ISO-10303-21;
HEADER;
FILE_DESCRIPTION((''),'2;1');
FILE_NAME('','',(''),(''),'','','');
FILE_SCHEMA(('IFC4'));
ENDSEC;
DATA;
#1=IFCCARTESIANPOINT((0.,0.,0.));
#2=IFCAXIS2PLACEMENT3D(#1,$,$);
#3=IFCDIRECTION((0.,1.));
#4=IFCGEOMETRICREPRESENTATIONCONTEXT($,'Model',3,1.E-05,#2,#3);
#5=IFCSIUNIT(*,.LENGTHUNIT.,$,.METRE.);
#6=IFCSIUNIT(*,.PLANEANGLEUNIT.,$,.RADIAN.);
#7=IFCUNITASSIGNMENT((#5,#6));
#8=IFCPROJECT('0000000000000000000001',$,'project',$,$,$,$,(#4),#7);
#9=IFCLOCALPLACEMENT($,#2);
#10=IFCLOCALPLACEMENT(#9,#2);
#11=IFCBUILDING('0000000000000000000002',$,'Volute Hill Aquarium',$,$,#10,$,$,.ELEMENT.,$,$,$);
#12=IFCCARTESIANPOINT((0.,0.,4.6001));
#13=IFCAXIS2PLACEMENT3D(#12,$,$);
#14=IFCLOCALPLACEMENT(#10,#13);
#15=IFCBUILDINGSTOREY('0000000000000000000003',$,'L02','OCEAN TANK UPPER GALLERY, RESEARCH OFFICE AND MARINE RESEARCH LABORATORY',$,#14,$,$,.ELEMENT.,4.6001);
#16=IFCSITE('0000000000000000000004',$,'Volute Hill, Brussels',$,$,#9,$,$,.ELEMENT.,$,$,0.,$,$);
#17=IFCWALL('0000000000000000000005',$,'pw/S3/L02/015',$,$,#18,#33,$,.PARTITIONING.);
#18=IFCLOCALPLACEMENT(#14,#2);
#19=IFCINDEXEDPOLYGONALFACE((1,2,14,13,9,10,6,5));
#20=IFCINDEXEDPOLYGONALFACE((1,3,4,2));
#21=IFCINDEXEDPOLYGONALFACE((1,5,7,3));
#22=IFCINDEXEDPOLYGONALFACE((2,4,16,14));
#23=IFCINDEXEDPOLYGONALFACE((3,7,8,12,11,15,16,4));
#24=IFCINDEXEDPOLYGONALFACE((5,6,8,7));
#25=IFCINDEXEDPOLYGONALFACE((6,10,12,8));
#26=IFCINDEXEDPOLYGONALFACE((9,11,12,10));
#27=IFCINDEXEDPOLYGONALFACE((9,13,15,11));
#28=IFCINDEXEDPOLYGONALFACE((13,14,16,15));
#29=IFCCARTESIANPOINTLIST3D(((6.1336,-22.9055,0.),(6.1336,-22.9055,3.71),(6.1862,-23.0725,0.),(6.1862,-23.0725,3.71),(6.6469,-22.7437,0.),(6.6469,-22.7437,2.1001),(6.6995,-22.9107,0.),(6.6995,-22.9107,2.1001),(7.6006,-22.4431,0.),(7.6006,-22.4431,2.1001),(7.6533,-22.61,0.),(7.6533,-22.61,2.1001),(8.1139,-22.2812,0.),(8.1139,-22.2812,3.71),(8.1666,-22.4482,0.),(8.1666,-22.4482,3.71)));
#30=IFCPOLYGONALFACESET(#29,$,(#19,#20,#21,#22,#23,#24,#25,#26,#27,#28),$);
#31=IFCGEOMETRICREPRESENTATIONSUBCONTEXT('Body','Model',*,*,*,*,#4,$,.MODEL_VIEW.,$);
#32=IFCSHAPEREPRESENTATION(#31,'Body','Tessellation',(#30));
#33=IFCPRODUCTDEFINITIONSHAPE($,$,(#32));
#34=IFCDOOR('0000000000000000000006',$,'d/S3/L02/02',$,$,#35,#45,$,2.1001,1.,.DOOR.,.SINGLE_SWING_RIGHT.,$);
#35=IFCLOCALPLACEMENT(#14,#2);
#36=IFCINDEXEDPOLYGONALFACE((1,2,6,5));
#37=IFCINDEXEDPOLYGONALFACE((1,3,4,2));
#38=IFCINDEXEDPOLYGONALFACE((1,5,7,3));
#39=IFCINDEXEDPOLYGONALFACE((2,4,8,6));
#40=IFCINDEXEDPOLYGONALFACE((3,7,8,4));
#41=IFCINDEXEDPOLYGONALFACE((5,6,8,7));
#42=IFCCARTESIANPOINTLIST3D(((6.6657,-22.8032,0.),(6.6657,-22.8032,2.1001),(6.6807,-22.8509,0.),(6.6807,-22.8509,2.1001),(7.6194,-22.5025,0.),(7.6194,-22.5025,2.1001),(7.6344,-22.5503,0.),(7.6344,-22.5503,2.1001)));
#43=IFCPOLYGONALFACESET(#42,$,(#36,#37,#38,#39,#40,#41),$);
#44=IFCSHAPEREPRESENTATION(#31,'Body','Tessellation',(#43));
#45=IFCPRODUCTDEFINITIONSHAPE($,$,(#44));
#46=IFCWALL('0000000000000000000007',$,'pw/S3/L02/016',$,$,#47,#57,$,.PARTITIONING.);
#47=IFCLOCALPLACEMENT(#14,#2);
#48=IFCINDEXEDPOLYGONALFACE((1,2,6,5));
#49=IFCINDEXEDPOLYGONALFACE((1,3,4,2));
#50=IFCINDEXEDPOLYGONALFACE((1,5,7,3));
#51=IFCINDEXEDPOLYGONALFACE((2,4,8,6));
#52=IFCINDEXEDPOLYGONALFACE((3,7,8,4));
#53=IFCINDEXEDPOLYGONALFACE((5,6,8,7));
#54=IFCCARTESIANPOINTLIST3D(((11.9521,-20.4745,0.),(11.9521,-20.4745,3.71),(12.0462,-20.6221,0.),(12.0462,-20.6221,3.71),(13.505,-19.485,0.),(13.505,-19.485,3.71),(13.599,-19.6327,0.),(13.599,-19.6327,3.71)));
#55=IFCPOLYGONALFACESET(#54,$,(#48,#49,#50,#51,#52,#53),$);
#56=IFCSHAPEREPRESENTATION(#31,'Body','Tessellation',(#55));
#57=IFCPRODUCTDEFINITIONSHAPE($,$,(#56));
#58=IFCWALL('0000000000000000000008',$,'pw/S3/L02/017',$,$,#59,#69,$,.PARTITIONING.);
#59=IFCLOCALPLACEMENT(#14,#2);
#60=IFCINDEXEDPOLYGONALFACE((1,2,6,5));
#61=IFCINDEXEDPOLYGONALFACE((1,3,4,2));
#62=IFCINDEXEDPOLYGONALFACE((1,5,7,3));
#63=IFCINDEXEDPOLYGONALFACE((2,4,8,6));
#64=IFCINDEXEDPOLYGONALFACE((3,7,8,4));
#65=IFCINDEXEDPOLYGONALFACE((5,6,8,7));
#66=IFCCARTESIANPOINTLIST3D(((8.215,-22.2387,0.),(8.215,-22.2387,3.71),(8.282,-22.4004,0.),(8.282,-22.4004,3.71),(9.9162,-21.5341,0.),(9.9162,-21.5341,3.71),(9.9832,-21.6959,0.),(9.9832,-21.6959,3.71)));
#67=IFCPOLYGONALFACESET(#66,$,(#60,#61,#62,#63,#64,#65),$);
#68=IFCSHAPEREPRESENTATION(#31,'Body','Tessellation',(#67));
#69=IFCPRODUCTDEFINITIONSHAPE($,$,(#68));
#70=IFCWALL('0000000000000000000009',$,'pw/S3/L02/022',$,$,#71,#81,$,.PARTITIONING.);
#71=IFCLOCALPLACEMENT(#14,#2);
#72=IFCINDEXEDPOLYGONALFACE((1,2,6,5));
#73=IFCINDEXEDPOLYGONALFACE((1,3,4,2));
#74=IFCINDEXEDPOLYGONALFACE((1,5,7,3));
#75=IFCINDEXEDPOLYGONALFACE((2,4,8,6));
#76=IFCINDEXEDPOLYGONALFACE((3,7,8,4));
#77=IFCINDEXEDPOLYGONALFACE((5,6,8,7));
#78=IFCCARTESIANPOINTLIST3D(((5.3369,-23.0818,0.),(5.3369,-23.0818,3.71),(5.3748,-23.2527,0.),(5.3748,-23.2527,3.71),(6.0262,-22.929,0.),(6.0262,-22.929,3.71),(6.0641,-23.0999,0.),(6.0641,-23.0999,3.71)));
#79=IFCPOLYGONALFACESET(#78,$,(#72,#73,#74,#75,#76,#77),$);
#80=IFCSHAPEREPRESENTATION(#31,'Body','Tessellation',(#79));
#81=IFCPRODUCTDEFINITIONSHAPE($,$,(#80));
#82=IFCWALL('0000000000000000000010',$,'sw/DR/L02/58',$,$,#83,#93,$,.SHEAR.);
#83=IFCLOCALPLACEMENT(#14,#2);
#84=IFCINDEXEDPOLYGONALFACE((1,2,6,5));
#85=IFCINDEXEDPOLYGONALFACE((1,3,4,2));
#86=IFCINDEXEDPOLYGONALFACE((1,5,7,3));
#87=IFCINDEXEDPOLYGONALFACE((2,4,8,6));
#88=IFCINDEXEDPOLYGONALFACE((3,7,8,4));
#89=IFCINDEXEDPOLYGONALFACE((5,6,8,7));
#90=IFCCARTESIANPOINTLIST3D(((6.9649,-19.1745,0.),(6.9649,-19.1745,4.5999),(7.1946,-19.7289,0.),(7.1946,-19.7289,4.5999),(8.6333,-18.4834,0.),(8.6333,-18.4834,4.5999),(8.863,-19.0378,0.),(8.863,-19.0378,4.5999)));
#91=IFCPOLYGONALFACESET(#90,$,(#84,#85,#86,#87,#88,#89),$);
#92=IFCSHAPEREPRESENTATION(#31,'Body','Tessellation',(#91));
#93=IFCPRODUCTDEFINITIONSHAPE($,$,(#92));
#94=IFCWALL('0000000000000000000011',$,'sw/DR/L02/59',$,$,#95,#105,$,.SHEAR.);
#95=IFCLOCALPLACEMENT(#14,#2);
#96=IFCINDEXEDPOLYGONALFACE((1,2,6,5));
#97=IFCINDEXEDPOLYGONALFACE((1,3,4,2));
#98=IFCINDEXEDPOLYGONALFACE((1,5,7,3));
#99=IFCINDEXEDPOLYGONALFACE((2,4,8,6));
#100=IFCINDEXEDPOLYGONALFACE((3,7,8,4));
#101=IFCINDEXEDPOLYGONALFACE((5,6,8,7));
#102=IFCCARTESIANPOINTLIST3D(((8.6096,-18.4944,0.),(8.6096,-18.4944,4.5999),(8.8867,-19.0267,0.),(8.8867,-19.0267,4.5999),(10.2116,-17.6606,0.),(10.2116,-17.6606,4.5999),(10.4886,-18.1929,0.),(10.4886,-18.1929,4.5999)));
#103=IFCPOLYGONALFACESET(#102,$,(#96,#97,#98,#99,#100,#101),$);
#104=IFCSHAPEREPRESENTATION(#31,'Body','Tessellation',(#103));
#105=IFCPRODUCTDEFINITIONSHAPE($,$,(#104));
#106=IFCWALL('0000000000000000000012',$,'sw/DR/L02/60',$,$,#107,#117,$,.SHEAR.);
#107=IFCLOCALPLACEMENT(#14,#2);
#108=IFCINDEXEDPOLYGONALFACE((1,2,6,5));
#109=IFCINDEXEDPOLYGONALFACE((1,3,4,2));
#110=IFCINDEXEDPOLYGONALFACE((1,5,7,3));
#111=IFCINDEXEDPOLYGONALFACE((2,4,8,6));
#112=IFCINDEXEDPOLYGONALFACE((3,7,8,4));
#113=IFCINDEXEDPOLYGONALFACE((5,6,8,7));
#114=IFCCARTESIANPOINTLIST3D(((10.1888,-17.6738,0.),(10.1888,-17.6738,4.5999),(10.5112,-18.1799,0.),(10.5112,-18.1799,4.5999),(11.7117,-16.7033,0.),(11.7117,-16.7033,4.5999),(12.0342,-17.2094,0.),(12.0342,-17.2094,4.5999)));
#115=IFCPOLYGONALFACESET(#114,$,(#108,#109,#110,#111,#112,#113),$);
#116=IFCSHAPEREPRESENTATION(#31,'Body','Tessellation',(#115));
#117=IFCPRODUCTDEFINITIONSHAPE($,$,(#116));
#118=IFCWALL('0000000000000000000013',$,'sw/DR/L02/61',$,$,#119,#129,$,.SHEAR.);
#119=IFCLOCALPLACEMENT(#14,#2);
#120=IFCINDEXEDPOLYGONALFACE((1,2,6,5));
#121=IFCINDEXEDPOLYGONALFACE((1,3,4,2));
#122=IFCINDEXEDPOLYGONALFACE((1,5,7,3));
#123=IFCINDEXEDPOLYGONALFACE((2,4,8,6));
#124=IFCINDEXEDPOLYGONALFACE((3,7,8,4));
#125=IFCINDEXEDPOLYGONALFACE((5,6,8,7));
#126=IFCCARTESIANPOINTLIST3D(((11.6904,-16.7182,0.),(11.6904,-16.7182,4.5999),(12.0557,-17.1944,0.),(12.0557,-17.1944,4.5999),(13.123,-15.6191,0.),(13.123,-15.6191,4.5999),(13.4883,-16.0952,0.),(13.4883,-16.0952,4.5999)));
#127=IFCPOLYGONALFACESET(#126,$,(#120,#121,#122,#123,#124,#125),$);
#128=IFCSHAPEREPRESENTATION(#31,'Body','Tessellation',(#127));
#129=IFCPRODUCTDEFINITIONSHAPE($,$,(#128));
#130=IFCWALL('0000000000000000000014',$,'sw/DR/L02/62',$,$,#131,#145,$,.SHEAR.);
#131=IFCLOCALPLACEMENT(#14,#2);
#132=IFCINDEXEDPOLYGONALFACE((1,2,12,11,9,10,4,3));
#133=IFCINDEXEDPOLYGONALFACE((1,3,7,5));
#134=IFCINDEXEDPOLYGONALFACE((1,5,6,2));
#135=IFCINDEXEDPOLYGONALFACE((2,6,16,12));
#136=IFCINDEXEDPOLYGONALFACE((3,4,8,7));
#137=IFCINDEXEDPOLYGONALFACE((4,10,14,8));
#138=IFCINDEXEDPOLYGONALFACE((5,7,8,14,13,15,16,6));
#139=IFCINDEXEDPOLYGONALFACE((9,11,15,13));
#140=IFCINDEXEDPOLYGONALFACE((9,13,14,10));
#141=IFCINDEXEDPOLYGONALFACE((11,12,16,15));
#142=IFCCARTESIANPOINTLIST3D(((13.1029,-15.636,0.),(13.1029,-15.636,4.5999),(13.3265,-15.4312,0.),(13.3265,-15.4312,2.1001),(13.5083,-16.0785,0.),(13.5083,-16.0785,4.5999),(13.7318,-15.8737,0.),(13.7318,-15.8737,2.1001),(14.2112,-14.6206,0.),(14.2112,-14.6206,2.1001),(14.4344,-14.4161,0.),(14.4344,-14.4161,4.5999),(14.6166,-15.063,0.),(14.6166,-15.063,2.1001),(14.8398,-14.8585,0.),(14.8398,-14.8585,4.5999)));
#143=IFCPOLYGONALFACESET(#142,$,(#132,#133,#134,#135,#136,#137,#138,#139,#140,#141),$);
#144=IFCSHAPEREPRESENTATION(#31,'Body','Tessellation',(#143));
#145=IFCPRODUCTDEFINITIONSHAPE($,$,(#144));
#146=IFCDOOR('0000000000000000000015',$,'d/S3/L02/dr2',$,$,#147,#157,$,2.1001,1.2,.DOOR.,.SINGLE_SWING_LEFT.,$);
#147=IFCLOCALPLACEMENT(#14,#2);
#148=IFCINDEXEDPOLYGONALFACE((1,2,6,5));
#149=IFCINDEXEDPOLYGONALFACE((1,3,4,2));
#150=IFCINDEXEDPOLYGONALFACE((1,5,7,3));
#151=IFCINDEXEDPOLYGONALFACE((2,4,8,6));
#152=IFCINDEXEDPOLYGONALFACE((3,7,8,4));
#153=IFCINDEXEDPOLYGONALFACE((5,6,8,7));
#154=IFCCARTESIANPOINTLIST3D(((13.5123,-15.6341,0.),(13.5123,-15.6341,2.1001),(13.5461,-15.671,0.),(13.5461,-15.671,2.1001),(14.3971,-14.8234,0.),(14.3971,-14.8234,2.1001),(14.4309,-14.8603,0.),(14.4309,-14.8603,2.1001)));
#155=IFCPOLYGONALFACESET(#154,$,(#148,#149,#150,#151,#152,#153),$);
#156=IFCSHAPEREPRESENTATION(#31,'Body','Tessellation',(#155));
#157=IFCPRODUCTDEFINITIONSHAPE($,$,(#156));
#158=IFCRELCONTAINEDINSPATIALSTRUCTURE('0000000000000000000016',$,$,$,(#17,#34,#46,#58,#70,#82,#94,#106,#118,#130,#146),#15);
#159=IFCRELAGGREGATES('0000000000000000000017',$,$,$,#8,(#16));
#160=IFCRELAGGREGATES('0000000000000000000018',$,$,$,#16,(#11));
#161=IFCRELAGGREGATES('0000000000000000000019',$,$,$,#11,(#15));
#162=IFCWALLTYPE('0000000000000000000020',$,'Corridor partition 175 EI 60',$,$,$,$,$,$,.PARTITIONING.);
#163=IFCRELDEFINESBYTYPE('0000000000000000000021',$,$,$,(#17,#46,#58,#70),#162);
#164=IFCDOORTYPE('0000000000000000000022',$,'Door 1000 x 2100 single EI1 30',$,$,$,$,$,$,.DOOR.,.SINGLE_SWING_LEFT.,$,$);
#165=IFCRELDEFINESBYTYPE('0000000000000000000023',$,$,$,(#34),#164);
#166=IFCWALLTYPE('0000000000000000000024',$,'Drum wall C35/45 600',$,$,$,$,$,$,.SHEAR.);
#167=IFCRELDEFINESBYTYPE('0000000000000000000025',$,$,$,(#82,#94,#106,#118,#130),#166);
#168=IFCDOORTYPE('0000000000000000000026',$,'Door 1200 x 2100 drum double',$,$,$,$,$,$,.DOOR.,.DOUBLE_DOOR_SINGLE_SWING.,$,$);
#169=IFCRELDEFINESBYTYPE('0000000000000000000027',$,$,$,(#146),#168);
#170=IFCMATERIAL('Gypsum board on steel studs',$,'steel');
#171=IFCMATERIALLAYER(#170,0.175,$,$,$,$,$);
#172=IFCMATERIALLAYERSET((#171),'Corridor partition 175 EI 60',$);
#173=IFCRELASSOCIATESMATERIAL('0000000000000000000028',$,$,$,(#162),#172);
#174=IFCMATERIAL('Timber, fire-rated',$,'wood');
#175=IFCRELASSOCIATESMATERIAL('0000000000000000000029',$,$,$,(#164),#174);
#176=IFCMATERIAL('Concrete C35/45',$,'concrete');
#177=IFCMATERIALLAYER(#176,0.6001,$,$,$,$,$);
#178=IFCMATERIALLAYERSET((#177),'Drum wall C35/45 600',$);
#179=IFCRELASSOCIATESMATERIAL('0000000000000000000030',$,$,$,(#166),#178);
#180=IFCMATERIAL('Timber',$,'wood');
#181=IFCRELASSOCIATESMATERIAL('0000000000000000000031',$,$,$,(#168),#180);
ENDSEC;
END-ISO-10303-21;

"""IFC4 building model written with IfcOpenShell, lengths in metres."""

from ifc_helpers import new_model, si_unit, direction, frame, frame_2d, origin, place, context, subcontext, project, spatial, rectangle, extrude, material, layer, layer_set, type_object, element, fill, save


model = new_model("IFC4")

# Units and contexts
model_context = context("Model", 3, precision=1e-05, world=origin(), true_north=direction((0.0, 1.0)))
body_context = subcontext(model_context, "Body", "Model", "MODEL_VIEW")
ifc_project = project(units=[si_unit("LENGTHUNIT", "METRE"), si_unit("PLANEANGLEUNIT", "RADIAN")], contexts=[model_context])

# Site, building, storey
site_placement = place(None, origin())
site = spatial("IfcSite", under=ifc_project, at=site_placement, Name="Volute Hill, Brussels", CompositionType="ELEMENT", RefElevation=0.0)
building_placement = place(site_placement, origin())
building = spatial("IfcBuilding", under=site, at=building_placement, Name="Volute Hill Aquarium", CompositionType="ELEMENT")
storey_placement = place(building_placement, frame((0.0, 0.0, 4.6001)))
storey = spatial("IfcBuildingStorey", under=building, at=storey_placement, Name="L02", Description="OCEAN TANK UPPER GALLERY, RESEARCH OFFICE AND MARINE RESEARCH LABORATORY", CompositionType="ELEMENT", Elevation=4.6001)

# Shared definitions
ifc_material_1 = material(Name="Gypsum board on steel studs", Category="steel")
ifc_layer_1 = layer(ifc_material_1, 0.175)
ifc_layer_set_1 = layer_set([ifc_layer_1], Name="Corridor partition 175 EI 60")
wall_type_1 = type_object("IfcWallType", Name="Corridor partition 175 EI 60", PredefinedType="PARTITIONING", material=ifc_layer_set_1)

# Wall, opening, door
wall_1_placement = place(storey_placement, frame((8.1401, -22.3647, 0.0), z_axis=(0.0, 0.0, 1.0), x_axis=(-0.95373, -0.300664, 0.0)))
wall_1 = element("IfcWall", 1, at=wall_1_placement, inside=storey, type_object=wall_type_1, Name="pw/S3/L02/015", PredefinedType="PARTITIONING", context=body_context, shape_type="SweptSolid", body=[
    extrude(rectangle(XDim=2.0764, YDim=0.175, at=frame_2d((1.0381, 0.0))), origin(), (0.0, 0.0, 1.0), 3.71),
])
opening_1_placement = place(wall_1_placement, frame((0.5381, 0.0, 0.0)))
opening_1 = element("IfcOpeningElement", 2, at=opening_1_placement, cuts=wall_1, PredefinedType="OPENING", context=body_context, shape_type="SweptSolid", body=[
    extrude(rectangle(XDim=1.0, YDim=2.1001, at=frame_2d((0.5, 1.05))), frame((0.0, 0.0974, 0.0), z_axis=(0.0, -1.0, 0.0), x_axis=(1.0, 0.0, 0.0)), (0.0, 0.0, 1.0), 0.1951),
])
ifc_material_2 = material(Name="Timber, fire-rated", Category="wood")
door_type_1 = type_object("IfcDoorType", Name="Door 1000 x 2100 single EI1 30", OperationType="SINGLE_SWING_LEFT", PredefinedType="DOOR", material=ifc_material_2)
door_1_placement = place(opening_1_placement, origin())
door_1 = element("IfcDoor", 3, at=door_1_placement, inside=storey, type_object=door_type_1, Name="d/S3/L02/02", OperationType="SINGLE_SWING_RIGHT", OverallHeight=2.1001, OverallWidth=1.0, PredefinedType="DOOR", context=body_context, shape_type="SweptSolid", body=[
    extrude(rectangle(XDim=1.0, YDim=2.1001, at=frame_2d((0.5, 1.05))), frame((0.0, 0.0249, 0.0), z_axis=(0.0, -1.0, 0.0), x_axis=(1.0, 0.0, 0.0)), (0.0, 0.0, 1.0), 0.05),
])
fill(opening_1, door_1)

# Walls
for number, where, z_axis, x_axis, name in (
    (4, (13.552, -19.5588, 0.0), (0.0, 0.0, 1.0), (-0.843356, -0.537356, 0.0), "pw/S3/L02/016"),
    (5, (9.9497, -21.615, 0.0), (0.0, 0.0, 1.0), (-0.923891, -0.382656, 0.0), "pw/S3/L02/017"),
):
    element("IfcWall", number, at=place(storey_placement, frame(where, z_axis=z_axis, x_axis=x_axis)), inside=storey, type_object=wall_type_1, Name=name, PredefinedType="PARTITIONING", context=body_context, shape_type="SweptSolid", body=[
        extrude(rectangle(XDim=1.8413, YDim=0.175, at=frame_2d((0.9207, 0.0))), origin(), (0.0, 0.0, 1.0), 3.71),
    ])
wall_2_placement = place(storey_placement, frame((6.0452, -23.0144, 0.0), z_axis=(0.0, 0.0, 1.0), x_axis=(-0.976285, -0.216491, 0.0)))
element("IfcWall", 6, at=wall_2_placement, inside=storey, type_object=wall_type_1, Name="pw/S3/L02/022", PredefinedType="PARTITIONING", context=body_context, shape_type="SweptSolid", body=[
    extrude(rectangle(XDim=0.7061, YDim=0.175, at=frame_2d((0.353, 0.0))), origin(), (0.0, 0.0, 1.0), 3.71),
])
ifc_material_3 = material(Name="Concrete C35/45", Category="concrete")
ifc_layer_2 = layer(ifc_material_3, 0.6001)
ifc_layer_set_2 = layer_set([ifc_layer_2], Name="Drum wall C35/45 600")
wall_type_2 = type_object("IfcWallType", Name="Drum wall C35/45 600", PredefinedType="SHEAR", material=ifc_layer_set_2)
for number, where, z_axis, x_axis, name in (
    (7, (7.0798, -19.4517, 0.0), (0.0, 0.0, 1.0), (0.923867, 0.382714, 0.0), "sw/DR/L02/58"),
    (8, (8.7483, -18.7605, 0.0), (0.0, 0.0, 1.0), (0.887035, 0.461702, 0.0), "sw/DR/L02/59"),
    (9, (10.3501, -17.9268, 0.0), (0.0, 0.0, 1.0), (0.843333, 0.537392, 0.0), "sw/DR/L02/60"),
):
    element("IfcWall", number, at=place(storey_placement, frame(where, z_axis=z_axis, x_axis=x_axis)), inside=storey, type_object=wall_type_2, Name=name, PredefinedType="SHEAR", context=body_context, shape_type="SweptSolid", body=[
        extrude(rectangle(XDim=1.8059, YDim=0.6001, at=frame_2d((0.9028, 0.0))), origin(), (0.0, 0.0, 1.0), 4.5999),
    ])
wall_3_placement = place(storey_placement, frame((11.873, -16.9563, 0.0), z_axis=(0.0, 0.0, 1.0), x_axis=(0.793397, 0.608704, 0.0)))
element("IfcWall", 10, at=wall_3_placement, inside=storey, type_object=wall_type_2, Name="sw/DR/L02/61", PredefinedType="SHEAR", context=body_context, shape_type="SweptSolid", body=[
    extrude(rectangle(XDim=1.8057, YDim=0.6001, at=frame_2d((0.9028, 0.0))), origin(), (0.0, 0.0, 1.0), 4.5999),
])

# Wall, opening, door
wall_4_placement = place(storey_placement, frame((13.3057, -15.8572, 0.0), z_axis=(0.0, 0.0, 1.0), x_axis=(0.737322, 0.675541, 0.0)))
wall_4 = element("IfcWall", 11, at=wall_4_placement, inside=storey, type_object=wall_type_2, Name="sw/DR/L02/62", PredefinedType="SHEAR", context=body_context, shape_type="SweptSolid", body=[
    extrude(rectangle(XDim=1.8059, YDim=0.6001, at=frame_2d((0.9028, 0.0))), origin(), (0.0, 0.0, 1.0), 4.5999),
])
opening_2_placement = place(wall_4_placement, frame((0.303, 0.0, 0.0)))
opening_2 = element("IfcOpeningElement", 12, at=opening_2_placement, cuts=wall_4, PredefinedType="OPENING", context=body_context, shape_type="SweptSolid", body=[
    extrude(rectangle(XDim=1.2, YDim=2.1001, at=frame_2d((0.6001, 1.05))), frame((0.0, 0.3101, 0.0), z_axis=(0.0, -1.0, 0.0), x_axis=(1.0, 0.0, 0.0)), (0.0, 0.0, 1.0), 0.6201),
])
ifc_material_4 = material(Name="Timber", Category="wood")
door_type_2 = type_object("IfcDoorType", Name="Door 1200 x 2100 drum double", OperationType="DOUBLE_DOOR_SINGLE_SWING", PredefinedType="DOOR", material=ifc_material_4)
door_2_placement = place(opening_2_placement, origin())
door_2 = element("IfcDoor", 13, at=door_2_placement, inside=storey, type_object=door_type_2, Name="d/S3/L02/dr2", OperationType="SINGLE_SWING_LEFT", OverallHeight=2.1001, OverallWidth=1.2, PredefinedType="DOOR", context=body_context, shape_type="SweptSolid", body=[
    extrude(rectangle(XDim=1.2, YDim=2.1001, at=frame_2d((0.6001, 1.05))), frame((0.0, 0.0249, 0.0), z_axis=(0.0, -1.0, 0.0), x_axis=(1.0, 0.0, 0.0)), (0.0, 0.0, 1.0), 0.05),
])
fill(opening_2, door_2)

save(model, "model.ifc")
